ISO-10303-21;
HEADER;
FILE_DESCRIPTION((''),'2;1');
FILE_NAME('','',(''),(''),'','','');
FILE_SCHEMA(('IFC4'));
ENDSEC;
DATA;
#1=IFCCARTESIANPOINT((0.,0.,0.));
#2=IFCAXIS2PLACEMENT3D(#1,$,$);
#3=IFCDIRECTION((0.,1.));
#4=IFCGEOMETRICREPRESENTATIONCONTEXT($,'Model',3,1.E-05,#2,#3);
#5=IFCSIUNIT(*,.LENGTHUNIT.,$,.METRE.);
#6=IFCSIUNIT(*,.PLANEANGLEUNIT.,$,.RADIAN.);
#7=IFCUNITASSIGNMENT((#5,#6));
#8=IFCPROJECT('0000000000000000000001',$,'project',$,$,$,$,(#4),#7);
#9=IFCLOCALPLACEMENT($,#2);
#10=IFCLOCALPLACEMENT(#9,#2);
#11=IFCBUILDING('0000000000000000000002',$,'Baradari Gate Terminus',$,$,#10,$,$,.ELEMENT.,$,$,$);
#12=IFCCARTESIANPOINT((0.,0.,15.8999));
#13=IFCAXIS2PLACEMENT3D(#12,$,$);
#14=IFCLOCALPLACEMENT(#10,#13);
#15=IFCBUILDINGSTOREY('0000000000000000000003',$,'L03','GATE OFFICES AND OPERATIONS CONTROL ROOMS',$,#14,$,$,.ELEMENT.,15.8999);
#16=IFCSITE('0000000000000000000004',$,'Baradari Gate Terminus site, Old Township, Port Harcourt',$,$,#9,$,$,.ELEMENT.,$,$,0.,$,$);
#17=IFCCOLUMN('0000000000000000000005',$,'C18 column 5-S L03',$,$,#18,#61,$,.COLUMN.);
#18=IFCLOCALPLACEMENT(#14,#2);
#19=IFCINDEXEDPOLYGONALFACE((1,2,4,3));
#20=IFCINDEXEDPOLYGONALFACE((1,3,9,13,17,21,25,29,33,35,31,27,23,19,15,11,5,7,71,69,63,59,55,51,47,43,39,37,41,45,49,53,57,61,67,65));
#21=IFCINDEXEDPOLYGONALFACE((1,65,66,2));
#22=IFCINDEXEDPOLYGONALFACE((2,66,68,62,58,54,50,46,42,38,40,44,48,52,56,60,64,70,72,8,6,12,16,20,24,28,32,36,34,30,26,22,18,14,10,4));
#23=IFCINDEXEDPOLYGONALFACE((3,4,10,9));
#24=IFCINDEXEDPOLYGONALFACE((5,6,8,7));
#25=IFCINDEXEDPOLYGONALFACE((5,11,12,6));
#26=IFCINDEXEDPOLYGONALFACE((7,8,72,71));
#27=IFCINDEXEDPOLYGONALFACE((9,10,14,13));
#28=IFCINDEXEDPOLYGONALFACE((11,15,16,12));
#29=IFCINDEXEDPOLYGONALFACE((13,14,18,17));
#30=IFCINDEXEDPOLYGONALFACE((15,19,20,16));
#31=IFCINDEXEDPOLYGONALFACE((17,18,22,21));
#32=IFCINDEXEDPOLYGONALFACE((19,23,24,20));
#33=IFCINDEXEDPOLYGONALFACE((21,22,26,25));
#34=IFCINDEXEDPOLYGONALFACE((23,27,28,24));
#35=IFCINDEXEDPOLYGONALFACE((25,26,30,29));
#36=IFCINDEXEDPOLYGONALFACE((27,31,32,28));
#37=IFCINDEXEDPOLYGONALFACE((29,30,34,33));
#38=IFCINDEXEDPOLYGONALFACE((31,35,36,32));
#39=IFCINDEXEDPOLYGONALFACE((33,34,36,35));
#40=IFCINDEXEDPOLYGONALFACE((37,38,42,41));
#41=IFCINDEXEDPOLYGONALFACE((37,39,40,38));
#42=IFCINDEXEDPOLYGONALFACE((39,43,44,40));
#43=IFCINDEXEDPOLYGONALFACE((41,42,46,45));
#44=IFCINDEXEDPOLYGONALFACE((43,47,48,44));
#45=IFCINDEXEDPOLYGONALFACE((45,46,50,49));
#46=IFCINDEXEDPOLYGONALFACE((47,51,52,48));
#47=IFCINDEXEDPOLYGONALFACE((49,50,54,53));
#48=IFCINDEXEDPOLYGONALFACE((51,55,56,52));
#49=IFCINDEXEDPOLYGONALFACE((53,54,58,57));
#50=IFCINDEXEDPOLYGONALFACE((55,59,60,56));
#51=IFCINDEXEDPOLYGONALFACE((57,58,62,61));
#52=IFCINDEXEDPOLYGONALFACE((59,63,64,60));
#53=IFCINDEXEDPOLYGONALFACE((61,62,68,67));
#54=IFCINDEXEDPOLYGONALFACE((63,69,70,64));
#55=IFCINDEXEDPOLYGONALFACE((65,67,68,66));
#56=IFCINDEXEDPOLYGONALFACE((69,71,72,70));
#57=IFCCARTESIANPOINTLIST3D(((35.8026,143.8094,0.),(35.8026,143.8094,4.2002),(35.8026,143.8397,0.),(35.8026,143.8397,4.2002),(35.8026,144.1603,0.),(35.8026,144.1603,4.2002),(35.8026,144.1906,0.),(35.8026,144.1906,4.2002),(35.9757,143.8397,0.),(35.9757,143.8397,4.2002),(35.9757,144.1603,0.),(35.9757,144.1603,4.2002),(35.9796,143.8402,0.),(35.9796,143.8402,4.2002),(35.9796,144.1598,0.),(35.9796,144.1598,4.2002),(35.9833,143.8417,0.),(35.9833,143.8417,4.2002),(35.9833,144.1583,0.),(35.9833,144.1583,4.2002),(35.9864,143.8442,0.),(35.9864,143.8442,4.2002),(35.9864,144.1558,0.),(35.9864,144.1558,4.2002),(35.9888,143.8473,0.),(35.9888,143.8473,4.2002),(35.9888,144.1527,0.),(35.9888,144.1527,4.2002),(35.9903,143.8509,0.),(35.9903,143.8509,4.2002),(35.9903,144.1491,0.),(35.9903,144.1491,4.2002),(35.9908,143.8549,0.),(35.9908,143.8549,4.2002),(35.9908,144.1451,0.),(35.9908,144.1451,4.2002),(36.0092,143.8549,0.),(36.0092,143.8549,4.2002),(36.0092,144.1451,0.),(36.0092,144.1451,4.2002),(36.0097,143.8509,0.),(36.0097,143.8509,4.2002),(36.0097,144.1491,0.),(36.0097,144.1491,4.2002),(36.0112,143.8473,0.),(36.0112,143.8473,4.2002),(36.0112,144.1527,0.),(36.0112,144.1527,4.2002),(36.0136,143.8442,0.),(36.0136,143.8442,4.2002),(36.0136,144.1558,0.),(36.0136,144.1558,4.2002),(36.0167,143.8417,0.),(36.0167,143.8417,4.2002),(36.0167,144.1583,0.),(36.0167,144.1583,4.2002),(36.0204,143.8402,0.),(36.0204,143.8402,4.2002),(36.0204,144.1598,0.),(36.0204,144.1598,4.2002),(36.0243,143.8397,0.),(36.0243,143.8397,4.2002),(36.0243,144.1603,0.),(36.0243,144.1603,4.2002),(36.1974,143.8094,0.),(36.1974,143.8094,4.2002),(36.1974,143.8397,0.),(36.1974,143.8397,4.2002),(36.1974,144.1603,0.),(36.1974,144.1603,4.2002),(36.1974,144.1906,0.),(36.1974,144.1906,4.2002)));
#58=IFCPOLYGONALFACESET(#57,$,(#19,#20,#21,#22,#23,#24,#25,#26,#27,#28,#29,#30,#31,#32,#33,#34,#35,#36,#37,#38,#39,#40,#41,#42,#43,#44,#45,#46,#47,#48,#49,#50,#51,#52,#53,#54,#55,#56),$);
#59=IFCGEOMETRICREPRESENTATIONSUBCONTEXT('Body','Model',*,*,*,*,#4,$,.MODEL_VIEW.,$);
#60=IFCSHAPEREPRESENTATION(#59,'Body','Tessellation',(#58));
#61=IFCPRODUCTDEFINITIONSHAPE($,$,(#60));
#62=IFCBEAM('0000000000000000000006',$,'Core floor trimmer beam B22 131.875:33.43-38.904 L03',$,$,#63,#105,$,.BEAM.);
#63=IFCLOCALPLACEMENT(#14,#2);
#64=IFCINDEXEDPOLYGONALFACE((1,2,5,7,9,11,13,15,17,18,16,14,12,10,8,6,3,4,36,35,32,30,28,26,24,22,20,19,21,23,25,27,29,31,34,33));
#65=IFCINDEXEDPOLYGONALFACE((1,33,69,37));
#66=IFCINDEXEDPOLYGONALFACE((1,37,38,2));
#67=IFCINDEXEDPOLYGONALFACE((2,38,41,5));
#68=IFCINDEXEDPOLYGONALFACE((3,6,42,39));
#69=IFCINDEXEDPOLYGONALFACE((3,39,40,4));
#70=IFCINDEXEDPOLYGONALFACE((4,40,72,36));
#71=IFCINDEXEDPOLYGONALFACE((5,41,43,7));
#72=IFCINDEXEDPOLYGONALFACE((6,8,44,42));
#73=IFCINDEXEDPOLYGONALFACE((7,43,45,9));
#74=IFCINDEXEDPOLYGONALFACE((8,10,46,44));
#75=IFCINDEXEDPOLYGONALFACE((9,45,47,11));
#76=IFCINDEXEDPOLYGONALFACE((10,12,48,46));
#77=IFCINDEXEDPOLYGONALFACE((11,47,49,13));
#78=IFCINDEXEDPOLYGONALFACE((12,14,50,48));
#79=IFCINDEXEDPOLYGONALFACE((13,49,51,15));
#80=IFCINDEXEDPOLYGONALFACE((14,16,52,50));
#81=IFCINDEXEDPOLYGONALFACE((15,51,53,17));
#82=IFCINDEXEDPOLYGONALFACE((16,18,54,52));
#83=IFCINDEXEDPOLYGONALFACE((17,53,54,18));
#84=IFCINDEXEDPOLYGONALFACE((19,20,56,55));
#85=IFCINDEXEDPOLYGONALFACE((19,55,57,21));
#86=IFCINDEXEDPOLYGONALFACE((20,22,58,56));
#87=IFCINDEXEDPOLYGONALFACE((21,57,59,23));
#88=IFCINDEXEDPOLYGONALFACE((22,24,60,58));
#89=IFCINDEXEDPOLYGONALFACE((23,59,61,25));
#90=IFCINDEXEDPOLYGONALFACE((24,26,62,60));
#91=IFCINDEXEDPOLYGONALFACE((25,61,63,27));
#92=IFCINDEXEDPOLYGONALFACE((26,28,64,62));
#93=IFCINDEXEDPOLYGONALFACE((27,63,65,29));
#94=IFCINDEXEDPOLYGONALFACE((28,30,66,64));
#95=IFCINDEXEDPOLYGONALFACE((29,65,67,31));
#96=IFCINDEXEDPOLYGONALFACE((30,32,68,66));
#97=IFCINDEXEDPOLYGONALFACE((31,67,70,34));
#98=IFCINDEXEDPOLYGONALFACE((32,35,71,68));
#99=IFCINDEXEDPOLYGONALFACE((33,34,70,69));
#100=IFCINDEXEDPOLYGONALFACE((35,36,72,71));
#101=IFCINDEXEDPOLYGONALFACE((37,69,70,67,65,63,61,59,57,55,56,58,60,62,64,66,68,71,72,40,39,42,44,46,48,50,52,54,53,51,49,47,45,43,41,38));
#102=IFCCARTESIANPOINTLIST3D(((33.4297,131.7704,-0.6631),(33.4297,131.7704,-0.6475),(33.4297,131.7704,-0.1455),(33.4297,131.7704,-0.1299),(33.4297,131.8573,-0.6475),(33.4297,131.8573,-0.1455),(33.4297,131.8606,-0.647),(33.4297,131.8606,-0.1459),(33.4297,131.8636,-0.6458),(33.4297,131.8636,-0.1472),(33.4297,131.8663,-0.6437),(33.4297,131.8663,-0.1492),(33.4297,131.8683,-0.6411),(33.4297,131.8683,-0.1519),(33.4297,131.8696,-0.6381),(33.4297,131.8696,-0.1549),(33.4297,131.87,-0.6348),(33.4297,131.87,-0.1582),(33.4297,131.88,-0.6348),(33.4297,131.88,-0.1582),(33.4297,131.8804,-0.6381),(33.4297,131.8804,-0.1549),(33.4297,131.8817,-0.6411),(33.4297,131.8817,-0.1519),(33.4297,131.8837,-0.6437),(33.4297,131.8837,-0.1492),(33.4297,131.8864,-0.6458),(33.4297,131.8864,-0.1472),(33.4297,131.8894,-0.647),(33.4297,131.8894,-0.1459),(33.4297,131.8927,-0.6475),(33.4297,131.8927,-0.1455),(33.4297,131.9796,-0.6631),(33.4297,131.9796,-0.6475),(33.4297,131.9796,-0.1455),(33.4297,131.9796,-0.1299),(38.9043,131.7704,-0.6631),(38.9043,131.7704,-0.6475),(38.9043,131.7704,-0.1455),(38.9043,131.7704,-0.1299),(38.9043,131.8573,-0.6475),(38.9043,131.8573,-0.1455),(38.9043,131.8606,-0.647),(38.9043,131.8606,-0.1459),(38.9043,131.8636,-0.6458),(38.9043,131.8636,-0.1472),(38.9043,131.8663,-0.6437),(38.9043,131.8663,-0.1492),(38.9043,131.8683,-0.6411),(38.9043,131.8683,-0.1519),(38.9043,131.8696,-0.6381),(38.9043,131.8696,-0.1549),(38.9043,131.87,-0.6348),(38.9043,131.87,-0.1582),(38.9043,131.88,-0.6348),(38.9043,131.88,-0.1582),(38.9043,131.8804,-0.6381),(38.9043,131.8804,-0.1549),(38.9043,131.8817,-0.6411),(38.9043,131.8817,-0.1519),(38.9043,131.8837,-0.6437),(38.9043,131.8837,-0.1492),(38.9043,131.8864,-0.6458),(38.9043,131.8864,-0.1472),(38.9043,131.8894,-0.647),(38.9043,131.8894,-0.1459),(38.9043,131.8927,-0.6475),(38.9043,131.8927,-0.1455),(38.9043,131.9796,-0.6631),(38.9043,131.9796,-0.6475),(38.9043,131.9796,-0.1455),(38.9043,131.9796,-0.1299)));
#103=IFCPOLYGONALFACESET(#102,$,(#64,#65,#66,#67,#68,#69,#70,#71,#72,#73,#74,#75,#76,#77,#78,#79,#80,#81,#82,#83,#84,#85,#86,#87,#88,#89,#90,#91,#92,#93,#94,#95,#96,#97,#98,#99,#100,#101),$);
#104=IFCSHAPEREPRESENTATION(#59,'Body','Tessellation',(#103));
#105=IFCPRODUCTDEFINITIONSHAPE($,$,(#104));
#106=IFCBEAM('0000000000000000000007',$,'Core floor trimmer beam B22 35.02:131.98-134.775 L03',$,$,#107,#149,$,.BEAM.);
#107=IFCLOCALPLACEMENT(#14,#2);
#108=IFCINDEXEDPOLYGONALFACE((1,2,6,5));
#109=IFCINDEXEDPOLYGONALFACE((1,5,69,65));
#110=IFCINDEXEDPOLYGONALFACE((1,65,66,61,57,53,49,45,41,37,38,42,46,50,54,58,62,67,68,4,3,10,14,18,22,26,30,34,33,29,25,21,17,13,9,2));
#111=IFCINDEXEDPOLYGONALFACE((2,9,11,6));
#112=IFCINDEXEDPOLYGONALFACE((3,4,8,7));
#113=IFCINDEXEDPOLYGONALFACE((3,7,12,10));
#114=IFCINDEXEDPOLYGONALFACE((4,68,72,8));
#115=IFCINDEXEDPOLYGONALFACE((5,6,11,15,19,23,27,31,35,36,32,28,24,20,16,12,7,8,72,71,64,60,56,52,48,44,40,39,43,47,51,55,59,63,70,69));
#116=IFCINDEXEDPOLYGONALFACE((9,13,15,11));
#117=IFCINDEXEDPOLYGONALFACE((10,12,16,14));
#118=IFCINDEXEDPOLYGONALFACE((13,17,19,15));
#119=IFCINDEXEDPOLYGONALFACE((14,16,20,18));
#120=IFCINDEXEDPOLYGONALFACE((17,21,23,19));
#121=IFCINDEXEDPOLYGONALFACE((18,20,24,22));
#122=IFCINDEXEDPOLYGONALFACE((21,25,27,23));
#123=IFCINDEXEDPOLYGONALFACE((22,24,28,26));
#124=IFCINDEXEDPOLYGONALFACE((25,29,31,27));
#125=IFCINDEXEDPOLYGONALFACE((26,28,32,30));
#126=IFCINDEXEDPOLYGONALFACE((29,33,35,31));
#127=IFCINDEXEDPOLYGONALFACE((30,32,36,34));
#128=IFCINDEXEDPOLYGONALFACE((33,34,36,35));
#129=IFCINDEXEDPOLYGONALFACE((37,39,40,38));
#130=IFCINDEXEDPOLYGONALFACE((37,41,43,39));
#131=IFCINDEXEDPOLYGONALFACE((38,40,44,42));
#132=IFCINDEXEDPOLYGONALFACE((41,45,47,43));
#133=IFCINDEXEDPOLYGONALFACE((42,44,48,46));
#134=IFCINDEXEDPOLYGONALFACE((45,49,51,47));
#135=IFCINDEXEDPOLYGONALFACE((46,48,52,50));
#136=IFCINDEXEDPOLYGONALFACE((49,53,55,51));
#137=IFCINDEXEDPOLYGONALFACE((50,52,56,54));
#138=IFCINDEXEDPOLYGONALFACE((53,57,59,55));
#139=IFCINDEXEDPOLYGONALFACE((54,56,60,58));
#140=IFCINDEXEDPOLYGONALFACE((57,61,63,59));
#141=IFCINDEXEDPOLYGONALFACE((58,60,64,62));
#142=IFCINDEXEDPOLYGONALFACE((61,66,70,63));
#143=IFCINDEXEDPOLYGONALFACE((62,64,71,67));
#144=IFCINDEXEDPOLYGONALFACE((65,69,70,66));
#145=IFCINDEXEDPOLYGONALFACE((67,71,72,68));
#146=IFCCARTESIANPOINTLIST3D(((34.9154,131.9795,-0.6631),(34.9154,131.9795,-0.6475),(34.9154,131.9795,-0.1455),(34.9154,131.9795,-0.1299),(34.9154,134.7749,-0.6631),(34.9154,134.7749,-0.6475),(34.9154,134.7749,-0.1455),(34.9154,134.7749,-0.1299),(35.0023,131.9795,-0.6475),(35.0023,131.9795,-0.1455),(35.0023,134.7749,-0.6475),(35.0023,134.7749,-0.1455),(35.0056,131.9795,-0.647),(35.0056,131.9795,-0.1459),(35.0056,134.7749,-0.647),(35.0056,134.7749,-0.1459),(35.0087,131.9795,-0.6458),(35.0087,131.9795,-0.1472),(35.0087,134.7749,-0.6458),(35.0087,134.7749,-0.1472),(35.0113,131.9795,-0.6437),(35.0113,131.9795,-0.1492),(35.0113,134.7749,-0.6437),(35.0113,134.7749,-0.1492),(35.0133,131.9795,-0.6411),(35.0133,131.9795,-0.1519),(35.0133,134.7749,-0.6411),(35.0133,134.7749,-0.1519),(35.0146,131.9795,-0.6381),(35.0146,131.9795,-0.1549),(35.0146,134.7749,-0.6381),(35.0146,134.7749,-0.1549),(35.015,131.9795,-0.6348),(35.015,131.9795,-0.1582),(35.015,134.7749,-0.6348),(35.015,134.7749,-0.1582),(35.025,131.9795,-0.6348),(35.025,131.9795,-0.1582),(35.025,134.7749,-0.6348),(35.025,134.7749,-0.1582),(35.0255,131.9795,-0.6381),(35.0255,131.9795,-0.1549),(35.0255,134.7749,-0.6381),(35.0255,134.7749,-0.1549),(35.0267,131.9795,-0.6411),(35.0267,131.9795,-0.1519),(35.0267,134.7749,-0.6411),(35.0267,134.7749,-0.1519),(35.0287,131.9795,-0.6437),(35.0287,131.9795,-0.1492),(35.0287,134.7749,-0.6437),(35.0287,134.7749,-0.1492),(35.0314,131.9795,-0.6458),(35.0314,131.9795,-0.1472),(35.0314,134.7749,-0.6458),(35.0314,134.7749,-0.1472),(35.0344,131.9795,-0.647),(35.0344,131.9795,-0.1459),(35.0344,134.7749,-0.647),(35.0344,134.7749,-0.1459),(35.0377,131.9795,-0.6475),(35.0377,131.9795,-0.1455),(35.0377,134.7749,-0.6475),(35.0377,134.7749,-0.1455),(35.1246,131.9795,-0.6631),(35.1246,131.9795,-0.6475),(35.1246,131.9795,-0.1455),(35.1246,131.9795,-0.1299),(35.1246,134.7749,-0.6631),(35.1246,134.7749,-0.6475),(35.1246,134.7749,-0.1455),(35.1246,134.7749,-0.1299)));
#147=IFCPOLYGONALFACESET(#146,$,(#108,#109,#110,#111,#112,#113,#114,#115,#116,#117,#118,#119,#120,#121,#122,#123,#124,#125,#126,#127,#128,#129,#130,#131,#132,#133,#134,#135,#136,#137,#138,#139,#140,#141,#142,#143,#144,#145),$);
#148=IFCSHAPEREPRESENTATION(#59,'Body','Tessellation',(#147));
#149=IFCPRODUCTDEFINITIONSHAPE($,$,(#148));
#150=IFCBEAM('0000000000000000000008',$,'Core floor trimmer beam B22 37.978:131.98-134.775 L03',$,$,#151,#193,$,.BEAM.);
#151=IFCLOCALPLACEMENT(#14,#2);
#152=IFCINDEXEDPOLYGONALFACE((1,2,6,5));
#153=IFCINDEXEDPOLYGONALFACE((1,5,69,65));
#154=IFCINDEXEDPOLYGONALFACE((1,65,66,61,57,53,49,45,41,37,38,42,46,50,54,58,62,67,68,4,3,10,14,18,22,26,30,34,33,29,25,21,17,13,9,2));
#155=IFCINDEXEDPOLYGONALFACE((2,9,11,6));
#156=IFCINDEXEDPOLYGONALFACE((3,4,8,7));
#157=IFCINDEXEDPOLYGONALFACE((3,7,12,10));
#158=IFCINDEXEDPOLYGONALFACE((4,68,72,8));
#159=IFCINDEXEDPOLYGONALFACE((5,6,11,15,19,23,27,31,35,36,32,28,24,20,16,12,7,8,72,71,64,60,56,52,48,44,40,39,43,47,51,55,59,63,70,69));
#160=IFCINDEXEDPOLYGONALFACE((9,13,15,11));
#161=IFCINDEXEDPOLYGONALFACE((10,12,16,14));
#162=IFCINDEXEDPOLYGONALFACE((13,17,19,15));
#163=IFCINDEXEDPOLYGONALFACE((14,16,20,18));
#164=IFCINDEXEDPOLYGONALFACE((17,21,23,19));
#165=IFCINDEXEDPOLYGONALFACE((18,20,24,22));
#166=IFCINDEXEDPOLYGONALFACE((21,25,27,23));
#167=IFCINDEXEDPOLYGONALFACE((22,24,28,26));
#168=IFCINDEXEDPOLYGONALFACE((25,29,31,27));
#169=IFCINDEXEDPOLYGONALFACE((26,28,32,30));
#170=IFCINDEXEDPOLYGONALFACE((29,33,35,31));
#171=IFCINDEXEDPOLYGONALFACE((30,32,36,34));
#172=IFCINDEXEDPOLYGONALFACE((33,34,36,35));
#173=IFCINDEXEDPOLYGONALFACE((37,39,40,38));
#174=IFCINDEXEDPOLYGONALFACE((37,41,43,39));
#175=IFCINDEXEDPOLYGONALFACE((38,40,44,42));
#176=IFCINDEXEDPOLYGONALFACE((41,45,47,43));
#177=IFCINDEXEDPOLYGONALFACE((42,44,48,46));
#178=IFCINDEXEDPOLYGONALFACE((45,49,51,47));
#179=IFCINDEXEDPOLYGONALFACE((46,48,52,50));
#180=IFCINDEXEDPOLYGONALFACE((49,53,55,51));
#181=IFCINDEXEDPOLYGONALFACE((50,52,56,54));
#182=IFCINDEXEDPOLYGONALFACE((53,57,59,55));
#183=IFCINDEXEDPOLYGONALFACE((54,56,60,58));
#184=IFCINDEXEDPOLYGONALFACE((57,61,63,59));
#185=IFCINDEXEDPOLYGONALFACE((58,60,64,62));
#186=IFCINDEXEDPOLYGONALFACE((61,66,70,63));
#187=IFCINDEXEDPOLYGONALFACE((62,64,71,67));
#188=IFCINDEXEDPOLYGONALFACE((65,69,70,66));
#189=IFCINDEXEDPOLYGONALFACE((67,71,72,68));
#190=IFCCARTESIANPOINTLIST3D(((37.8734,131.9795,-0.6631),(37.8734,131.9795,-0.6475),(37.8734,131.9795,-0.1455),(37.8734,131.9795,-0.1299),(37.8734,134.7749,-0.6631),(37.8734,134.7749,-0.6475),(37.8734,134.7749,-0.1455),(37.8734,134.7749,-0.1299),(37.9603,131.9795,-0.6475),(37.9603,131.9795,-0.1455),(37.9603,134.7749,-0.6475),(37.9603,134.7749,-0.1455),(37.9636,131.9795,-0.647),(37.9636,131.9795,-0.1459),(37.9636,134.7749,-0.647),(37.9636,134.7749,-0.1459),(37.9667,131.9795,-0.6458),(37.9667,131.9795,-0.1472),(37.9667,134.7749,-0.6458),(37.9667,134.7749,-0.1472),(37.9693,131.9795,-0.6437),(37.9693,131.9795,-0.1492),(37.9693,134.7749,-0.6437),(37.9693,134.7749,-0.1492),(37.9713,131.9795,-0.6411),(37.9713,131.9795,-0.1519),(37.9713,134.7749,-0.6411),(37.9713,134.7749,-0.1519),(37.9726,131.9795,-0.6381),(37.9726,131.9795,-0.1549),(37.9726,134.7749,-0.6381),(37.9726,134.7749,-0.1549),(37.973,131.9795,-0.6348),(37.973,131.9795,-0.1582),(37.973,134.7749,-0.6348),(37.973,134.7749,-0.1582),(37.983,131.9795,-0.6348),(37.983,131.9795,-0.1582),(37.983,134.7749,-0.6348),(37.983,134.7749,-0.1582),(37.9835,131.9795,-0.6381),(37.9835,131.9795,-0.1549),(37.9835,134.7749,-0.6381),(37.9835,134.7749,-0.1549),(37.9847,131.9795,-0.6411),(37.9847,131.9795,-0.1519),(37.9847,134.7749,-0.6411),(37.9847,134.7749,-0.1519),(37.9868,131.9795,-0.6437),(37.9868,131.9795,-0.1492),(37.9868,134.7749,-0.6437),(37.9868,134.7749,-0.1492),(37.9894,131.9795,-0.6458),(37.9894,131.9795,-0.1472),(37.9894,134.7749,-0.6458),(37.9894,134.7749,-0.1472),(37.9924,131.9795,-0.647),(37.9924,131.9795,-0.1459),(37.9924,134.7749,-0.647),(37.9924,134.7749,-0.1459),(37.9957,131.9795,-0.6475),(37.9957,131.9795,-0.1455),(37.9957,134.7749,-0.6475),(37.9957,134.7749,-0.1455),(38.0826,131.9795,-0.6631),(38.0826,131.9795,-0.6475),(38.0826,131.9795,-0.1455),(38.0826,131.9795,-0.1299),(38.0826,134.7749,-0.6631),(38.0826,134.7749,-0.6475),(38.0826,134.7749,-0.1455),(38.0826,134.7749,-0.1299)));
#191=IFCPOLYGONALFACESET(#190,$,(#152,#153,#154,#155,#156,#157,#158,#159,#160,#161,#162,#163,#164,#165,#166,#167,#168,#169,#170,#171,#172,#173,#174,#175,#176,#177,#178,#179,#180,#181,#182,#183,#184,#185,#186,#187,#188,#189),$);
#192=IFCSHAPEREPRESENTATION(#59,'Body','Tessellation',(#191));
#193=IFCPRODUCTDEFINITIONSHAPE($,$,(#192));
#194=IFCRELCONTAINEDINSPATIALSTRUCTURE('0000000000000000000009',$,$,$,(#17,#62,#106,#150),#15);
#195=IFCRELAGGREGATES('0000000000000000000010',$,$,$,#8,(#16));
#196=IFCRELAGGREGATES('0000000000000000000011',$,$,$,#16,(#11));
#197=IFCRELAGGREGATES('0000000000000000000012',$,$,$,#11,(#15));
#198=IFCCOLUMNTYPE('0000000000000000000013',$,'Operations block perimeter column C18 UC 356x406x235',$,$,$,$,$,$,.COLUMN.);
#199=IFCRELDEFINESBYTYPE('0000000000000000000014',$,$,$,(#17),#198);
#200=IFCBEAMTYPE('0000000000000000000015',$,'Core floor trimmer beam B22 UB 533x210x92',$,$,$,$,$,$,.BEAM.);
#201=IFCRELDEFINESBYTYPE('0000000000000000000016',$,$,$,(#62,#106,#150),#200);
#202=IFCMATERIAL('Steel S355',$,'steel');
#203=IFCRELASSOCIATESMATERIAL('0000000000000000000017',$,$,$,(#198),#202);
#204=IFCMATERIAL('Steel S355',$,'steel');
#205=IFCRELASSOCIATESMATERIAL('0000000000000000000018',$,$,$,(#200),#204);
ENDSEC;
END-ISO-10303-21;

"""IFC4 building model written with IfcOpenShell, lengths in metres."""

from ifc_helpers import new_model, si_unit, direction, frame, origin, origin_2d, place, context, subcontext, project, spatial, i_section, extrude, material, material_profile, profile_set, type_object, element, save


model = new_model("IFC4")

# Units and contexts
model_context = context("Model", 3, precision=1e-05, world=origin(), true_north=direction((0.0, 1.0)))
body_context = subcontext(model_context, "Body", "Model", "MODEL_VIEW")
ifc_project = project(units=[si_unit("LENGTHUNIT", "METRE"), si_unit("PLANEANGLEUNIT", "RADIAN")], contexts=[model_context])

# Site, building, storey
site_placement = place(None, origin())
site = spatial("IfcSite", under=ifc_project, at=site_placement, Name="Baradari Gate Terminus site, Old Township, Port Harcourt", CompositionType="ELEMENT", RefElevation=0.0)
building_placement = place(site_placement, origin())
building = spatial("IfcBuilding", under=site, at=building_placement, Name="Baradari Gate Terminus", CompositionType="ELEMENT")
storey_placement = place(building_placement, frame((0.0, 0.0, 15.8999)))
storey = spatial("IfcBuildingStorey", under=building, at=storey_placement, Name="L03", Description="GATE OFFICES AND OPERATIONS CONTROL ROOMS", CompositionType="ELEMENT", Elevation=15.8999)

# Column
ifc_material_1 = material(Name="Steel S355", Category="steel")
ifc_material_profile_1 = material_profile(ifc_material_1, i_section(OverallWidth=0.3948, OverallDepth=0.3811, WebThickness=0.0183, FlangeThickness=0.0303, FilletRadius=0.0151, at=origin_2d()), Name="UC 356x406x235")
ifc_profile_set_1 = profile_set([ifc_material_profile_1], Name="Steel S355")
column_type = type_object("IfcColumnType", Name="Operations block perimeter column C18 UC 356x406x235", PredefinedType="COLUMN", material=ifc_profile_set_1)
column_placement = place(storey_placement, frame((36.0, 144.0, 0.0), z_axis=(0.0, 0.0, 1.0), x_axis=(1.0, 0.0, 0.0)))
element("IfcColumn", 1, at=column_placement, inside=storey, type_object=column_type, Name="C18 column 5-S L03", PredefinedType="COLUMN", context=body_context, shape_type="SweptSolid", body=[
    extrude(i_section(OverallWidth=0.3948, OverallDepth=0.3811, WebThickness=0.0183, FlangeThickness=0.0303, FilletRadius=0.0151, at=origin_2d()), origin(), (0.0, 0.0, 1.0), 4.2002),
])

# Beams
ifc_material_2 = material(Name="Steel S355", Category="steel")
ifc_material_profile_2 = material_profile(ifc_material_2, i_section(OverallWidth=0.2092, OverallDepth=0.5332, WebThickness=0.01, FlangeThickness=0.0156, FilletRadius=0.0127, at=origin_2d()), Name="UB 533x210x92")
ifc_profile_set_2 = profile_set([ifc_material_profile_2], Name="Steel S355")
beam_type_1 = type_object("IfcBeamType", Name="Core floor trimmer beam B22 UB 533x210x92", PredefinedType="BEAM", material=ifc_profile_set_2)
beam_1_placement = place(storey_placement, frame((33.4297, 131.875, -0.3965), z_axis=(1.0, 0.0, 0.0), x_axis=(0.0, 1.0, 0.0)))
element("IfcBeam", 2, at=beam_1_placement, inside=storey, type_object=beam_type_1, Name="Core floor trimmer beam B22 131.875:33.43-38.904 L03", PredefinedType="BEAM", context=body_context, shape_type="SweptSolid", body=[
    extrude(i_section(OverallWidth=0.2092, OverallDepth=0.5332, WebThickness=0.01, FlangeThickness=0.0156, FilletRadius=0.0127, at=origin_2d()), origin(), (0.0, 0.0, 1.0), 5.4746),
])
for number, where, z_axis, x_axis, name in (
    (3, (35.02, 131.9795, -0.3965), (0.0, 1.0, 0.0), (-1.0, 0.0, 0.0), "Core floor trimmer beam B22 35.02:131.98-134.775 L03"),
    (4, (37.978, 131.9795, -0.3965), (0.0, 1.0, 0.0), (-1.0, 0.0, 0.0), "Core floor trimmer beam B22 37.978:131.98-134.775 L03"),
):
    element("IfcBeam", number, at=place(storey_placement, frame(where, z_axis=z_axis, x_axis=x_axis)), inside=storey, type_object=beam_type_1, Name=name, PredefinedType="BEAM", context=body_context, shape_type="SweptSolid", body=[
        extrude(i_section(OverallWidth=0.2092, OverallDepth=0.5332, WebThickness=0.01, FlangeThickness=0.0156, FilletRadius=0.0127, at=origin_2d()), origin(), (0.0, 0.0, 1.0), 2.7954),
    ])

save(model, "model.ifc")
